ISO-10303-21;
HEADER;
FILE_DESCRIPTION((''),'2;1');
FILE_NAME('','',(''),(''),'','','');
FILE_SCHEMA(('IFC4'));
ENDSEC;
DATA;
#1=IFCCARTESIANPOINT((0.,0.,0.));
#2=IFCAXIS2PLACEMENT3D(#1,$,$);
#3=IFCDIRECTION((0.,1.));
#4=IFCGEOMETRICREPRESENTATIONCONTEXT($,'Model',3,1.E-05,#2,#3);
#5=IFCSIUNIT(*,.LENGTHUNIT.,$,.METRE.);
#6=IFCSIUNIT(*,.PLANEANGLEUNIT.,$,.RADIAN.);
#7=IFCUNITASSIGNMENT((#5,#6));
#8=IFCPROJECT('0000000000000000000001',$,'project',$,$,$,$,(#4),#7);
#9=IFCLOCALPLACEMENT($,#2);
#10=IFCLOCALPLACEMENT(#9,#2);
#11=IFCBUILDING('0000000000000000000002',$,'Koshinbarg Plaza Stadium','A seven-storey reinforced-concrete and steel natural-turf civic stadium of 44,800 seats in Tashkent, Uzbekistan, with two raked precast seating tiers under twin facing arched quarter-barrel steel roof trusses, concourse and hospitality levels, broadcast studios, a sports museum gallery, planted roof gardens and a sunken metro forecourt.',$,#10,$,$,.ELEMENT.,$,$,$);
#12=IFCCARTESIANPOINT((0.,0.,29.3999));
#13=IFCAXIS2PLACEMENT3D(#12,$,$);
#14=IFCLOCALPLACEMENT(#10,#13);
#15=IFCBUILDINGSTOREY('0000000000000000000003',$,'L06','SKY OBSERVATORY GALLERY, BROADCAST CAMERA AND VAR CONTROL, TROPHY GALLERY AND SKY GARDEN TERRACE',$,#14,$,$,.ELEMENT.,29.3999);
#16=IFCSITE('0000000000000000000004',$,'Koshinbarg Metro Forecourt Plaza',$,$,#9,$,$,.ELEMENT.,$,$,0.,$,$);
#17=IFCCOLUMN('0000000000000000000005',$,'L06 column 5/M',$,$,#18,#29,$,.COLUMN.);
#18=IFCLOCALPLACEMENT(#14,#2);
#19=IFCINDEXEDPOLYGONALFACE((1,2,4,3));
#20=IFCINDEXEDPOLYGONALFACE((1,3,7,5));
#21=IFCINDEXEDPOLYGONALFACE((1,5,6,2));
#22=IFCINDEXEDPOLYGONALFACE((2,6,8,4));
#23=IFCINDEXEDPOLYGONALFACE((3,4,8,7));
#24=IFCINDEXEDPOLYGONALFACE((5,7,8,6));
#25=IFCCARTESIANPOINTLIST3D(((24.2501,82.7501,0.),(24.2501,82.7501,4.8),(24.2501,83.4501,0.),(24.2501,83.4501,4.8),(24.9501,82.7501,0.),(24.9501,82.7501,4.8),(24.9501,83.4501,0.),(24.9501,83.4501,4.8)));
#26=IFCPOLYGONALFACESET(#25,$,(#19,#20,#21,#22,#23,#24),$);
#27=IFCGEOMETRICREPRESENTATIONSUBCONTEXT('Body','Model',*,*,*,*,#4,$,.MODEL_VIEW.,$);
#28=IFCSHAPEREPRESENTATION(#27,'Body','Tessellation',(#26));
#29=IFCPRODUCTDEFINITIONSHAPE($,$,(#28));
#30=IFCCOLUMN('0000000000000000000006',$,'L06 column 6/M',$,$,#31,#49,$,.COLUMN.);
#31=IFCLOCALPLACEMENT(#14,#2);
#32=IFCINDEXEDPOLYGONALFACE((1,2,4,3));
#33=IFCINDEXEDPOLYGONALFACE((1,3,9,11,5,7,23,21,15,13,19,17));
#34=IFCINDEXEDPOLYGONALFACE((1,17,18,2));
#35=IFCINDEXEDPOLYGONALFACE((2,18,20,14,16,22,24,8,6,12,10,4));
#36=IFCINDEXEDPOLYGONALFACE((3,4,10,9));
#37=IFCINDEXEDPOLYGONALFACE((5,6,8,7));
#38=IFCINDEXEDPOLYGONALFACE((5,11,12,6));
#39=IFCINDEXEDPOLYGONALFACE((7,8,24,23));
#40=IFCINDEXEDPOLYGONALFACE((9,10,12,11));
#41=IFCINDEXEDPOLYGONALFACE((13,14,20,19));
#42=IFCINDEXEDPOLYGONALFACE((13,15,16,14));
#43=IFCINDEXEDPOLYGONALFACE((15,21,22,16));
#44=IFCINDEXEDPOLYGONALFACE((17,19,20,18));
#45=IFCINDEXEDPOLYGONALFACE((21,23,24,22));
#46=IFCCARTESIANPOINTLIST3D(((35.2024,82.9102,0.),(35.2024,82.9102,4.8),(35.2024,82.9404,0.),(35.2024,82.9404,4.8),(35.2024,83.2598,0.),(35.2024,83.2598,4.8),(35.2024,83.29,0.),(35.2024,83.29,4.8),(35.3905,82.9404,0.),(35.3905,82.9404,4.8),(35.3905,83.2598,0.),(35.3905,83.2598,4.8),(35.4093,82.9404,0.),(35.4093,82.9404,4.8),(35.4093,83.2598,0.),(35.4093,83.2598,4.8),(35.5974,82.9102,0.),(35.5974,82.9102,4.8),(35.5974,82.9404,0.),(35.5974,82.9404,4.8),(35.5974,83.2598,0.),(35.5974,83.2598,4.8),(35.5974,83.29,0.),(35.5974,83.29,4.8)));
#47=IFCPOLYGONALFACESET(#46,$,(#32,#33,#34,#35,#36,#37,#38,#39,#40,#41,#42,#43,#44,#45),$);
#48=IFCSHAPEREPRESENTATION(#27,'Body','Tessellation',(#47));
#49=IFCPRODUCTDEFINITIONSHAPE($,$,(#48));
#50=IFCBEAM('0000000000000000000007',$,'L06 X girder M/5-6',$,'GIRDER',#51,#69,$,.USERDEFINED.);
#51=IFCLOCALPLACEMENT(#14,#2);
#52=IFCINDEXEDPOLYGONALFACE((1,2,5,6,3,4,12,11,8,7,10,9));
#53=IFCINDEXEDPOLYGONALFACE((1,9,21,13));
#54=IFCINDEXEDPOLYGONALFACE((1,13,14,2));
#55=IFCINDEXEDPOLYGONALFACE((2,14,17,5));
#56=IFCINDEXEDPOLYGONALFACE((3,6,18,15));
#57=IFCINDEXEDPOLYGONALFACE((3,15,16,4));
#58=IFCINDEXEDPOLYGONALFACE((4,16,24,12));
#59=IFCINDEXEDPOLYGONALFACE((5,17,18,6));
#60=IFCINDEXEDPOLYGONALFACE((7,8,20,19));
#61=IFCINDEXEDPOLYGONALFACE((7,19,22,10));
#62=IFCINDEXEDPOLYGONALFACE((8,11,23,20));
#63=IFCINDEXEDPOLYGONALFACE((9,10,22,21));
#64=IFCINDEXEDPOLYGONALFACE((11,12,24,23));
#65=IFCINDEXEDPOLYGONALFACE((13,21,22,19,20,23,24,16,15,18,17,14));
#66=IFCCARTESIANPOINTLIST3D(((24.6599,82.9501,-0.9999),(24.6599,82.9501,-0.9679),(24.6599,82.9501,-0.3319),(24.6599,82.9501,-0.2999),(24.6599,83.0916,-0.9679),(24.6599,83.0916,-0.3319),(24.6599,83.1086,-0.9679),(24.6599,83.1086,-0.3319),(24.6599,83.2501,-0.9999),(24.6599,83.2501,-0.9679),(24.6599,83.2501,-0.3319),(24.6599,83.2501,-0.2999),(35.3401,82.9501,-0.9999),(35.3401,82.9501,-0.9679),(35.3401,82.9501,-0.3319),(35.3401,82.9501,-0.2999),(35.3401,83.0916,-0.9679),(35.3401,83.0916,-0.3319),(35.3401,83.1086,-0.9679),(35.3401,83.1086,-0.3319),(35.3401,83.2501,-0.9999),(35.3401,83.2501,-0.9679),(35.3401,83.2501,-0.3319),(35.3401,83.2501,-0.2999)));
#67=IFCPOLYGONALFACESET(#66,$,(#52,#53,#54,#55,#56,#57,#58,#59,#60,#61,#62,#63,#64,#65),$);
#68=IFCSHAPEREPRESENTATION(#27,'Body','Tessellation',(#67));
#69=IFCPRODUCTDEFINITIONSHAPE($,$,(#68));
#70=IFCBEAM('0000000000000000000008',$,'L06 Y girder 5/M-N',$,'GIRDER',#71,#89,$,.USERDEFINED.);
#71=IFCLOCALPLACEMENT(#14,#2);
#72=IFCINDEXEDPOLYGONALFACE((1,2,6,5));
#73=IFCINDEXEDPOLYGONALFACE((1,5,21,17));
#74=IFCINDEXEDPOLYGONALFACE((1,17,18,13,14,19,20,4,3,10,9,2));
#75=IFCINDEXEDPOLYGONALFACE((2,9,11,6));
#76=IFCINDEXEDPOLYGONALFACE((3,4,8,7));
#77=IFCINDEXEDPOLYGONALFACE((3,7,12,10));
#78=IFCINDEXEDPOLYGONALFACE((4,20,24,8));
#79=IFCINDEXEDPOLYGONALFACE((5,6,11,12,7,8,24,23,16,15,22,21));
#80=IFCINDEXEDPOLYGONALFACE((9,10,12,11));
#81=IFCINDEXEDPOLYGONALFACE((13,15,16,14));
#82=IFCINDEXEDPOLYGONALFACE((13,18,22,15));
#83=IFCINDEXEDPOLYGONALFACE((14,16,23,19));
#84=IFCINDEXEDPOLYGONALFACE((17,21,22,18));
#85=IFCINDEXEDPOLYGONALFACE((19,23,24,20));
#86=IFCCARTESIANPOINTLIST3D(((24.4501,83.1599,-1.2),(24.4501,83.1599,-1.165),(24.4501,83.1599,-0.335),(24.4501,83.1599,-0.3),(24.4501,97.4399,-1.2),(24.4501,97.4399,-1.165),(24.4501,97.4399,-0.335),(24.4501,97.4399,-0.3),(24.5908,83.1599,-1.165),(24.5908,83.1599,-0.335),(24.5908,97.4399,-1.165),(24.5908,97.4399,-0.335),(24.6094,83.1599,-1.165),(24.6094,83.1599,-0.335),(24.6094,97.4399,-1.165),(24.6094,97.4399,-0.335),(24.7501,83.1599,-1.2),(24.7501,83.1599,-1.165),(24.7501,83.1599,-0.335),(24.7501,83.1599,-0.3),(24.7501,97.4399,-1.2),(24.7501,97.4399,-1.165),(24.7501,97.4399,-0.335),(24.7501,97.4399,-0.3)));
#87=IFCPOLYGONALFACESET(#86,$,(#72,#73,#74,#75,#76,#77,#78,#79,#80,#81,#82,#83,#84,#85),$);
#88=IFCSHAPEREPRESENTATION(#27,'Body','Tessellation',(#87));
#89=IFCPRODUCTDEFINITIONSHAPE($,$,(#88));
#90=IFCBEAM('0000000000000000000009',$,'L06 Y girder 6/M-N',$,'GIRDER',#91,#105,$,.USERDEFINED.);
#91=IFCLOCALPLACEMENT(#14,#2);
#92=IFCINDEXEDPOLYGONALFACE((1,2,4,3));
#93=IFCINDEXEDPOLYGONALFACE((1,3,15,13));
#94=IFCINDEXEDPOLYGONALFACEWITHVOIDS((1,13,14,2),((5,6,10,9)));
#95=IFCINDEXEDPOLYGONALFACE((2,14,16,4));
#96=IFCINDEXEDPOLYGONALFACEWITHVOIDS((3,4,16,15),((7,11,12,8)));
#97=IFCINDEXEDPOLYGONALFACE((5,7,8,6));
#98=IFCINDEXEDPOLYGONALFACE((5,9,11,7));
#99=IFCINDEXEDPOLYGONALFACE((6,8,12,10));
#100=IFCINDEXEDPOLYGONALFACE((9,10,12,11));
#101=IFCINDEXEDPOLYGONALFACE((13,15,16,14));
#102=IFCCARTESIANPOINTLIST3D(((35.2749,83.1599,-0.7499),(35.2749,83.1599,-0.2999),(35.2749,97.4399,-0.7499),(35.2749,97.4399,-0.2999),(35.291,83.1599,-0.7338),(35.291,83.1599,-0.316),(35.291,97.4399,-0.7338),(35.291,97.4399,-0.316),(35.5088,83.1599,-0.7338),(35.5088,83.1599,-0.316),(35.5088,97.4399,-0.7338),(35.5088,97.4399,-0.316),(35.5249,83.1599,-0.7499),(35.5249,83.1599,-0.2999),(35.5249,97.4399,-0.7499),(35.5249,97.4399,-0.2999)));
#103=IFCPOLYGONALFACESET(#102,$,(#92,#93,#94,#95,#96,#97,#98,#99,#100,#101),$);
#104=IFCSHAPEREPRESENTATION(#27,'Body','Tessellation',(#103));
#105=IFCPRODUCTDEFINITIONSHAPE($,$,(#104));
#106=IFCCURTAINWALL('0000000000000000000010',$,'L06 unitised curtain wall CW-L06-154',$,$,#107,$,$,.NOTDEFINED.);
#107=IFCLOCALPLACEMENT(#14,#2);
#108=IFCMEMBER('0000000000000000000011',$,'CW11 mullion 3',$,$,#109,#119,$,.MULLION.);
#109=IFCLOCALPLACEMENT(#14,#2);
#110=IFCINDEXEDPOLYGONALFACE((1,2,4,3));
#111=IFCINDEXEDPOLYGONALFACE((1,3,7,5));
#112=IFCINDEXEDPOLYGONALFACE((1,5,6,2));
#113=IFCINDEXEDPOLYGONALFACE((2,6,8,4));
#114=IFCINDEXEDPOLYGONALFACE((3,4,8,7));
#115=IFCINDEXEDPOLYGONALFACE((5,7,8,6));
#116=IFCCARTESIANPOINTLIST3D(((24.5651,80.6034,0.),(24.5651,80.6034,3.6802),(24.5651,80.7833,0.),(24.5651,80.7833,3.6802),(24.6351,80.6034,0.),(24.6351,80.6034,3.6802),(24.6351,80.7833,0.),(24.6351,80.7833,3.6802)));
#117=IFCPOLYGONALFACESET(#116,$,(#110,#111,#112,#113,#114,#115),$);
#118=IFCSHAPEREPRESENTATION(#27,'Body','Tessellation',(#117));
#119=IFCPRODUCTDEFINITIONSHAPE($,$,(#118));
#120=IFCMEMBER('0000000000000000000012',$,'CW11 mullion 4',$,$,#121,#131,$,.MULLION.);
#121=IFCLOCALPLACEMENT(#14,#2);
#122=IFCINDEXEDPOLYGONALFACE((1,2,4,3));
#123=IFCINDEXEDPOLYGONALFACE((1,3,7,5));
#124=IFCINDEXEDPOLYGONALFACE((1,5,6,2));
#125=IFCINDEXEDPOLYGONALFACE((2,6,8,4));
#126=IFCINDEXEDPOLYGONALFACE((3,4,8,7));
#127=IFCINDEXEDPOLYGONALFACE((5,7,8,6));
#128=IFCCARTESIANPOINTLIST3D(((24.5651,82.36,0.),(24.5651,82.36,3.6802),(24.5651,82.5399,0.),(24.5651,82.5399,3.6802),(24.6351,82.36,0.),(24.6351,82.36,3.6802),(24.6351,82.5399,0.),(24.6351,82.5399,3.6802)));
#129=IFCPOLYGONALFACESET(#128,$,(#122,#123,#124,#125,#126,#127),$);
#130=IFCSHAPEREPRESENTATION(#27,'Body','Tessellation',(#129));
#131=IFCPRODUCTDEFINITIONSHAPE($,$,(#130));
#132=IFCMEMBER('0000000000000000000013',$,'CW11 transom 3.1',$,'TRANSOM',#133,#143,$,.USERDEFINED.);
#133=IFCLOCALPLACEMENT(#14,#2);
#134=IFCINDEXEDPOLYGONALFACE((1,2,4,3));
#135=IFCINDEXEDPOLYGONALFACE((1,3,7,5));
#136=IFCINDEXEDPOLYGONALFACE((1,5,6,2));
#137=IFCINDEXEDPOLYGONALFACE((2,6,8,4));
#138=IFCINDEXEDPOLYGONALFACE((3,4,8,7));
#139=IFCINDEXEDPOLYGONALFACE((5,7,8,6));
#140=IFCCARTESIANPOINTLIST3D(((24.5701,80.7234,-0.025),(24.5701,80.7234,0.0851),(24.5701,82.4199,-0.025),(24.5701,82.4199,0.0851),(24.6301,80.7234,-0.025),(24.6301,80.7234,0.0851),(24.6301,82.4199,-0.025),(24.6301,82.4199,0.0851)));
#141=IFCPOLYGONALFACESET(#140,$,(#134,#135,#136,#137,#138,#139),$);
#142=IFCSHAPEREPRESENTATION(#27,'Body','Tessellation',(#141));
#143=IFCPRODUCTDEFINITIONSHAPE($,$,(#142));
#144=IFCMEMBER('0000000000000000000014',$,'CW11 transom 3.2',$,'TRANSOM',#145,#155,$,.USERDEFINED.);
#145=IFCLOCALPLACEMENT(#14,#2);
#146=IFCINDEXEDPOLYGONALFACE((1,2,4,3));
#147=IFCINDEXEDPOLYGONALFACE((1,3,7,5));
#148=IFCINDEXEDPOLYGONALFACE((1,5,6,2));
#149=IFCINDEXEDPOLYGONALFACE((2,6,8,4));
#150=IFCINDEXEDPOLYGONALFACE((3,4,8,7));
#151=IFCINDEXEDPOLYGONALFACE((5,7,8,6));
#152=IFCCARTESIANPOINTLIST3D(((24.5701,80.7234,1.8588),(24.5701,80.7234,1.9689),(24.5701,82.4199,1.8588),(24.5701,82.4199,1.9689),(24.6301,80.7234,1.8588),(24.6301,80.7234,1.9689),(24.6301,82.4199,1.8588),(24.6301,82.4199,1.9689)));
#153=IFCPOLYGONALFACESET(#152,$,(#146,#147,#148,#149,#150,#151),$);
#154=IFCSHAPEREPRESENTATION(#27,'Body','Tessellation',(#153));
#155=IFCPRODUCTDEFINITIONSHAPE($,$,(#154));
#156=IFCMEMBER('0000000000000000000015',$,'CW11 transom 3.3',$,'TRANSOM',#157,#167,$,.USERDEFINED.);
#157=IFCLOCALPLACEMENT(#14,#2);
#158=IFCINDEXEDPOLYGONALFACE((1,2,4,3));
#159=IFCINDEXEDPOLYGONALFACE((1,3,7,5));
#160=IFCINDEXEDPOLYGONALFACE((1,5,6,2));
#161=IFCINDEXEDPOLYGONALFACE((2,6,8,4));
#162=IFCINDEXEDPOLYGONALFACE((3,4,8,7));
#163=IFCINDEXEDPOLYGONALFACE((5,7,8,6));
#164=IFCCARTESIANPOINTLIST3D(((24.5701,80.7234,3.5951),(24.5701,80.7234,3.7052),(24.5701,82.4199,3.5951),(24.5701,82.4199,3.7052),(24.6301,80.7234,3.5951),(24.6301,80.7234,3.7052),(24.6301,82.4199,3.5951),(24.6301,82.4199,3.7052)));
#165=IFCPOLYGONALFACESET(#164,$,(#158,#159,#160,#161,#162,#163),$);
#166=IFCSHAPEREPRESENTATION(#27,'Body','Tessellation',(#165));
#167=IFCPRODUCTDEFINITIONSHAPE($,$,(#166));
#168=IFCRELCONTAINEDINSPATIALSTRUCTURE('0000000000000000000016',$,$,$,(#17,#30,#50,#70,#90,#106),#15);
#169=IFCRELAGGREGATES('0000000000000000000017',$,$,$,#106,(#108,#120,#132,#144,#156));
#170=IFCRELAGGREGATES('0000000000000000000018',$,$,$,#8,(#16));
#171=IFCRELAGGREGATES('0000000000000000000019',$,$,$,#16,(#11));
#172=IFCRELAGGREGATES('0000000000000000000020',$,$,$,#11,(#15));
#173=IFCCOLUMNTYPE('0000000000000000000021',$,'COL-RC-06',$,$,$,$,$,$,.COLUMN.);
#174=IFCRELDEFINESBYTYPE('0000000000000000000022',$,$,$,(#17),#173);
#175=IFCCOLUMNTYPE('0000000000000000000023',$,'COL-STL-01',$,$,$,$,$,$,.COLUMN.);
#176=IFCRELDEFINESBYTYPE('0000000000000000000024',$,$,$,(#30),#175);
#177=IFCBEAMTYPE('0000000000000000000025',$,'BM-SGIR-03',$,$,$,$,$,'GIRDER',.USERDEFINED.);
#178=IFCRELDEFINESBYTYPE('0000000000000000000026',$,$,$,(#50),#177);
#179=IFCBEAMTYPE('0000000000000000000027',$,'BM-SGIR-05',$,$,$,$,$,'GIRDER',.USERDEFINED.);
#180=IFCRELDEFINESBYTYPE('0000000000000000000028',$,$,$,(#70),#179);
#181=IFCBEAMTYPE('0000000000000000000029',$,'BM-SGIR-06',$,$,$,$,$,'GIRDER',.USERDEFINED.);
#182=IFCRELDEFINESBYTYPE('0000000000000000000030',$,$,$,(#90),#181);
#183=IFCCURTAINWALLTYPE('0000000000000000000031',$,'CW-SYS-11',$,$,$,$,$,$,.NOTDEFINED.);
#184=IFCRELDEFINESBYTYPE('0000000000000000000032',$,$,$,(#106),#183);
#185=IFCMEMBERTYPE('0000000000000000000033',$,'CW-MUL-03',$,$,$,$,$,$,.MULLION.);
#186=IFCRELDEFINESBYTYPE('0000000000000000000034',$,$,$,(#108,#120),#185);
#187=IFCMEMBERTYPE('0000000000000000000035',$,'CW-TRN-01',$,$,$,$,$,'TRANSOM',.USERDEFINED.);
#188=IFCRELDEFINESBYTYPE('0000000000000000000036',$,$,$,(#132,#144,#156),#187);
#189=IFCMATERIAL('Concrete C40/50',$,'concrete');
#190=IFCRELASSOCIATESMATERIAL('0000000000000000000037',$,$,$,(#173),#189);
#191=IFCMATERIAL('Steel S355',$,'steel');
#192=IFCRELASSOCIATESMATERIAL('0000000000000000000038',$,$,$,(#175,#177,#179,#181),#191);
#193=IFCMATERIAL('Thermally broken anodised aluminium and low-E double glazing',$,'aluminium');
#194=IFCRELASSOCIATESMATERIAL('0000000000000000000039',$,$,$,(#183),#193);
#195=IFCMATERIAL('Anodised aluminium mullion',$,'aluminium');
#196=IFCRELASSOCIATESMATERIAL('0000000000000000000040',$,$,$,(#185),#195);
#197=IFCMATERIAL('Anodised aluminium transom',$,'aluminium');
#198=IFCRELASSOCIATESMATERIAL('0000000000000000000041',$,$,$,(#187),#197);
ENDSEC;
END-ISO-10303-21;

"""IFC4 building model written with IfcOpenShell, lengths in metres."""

from ifc_helpers import new_model, si_unit, direction, frame, origin, origin_2d, place, context, subcontext, project, spatial, rectangle, hollow_rectangle, i_section, extrude, material, material_profile, profile_set, type_object, element, aggregate, save


model = new_model("IFC4")

# Units and contexts
model_context = context("Model", 3, precision=1e-05, world=origin(), true_north=direction((0.0, 1.0)))
body_context = subcontext(model_context, "Body", "Model", "MODEL_VIEW")
ifc_project = project(units=[si_unit("LENGTHUNIT", "METRE"), si_unit("PLANEANGLEUNIT", "RADIAN")], contexts=[model_context])

# Site, building, storey
site_placement = place(None, origin())
site = spatial("IfcSite", under=ifc_project, at=site_placement, Name="Koshinbarg Metro Forecourt Plaza", CompositionType="ELEMENT", RefElevation=0.0)
building_placement = place(site_placement, origin())
building = spatial("IfcBuilding", under=site, at=building_placement, Name="Koshinbarg Plaza Stadium", Description="A seven-storey reinforced-concrete and steel natural-turf civic stadium of 44,800 seats in Tashkent, Uzbekistan, with two raked precast seating tiers under twin facing arched quarter-barrel steel roof trusses, concourse and hospitality levels, broadcast studios, a sports museum gallery, planted roof gardens and a sunken metro forecourt.", CompositionType="ELEMENT")
storey_placement = place(building_placement, frame((0.0, 0.0, 29.3999)))
storey = spatial("IfcBuildingStorey", under=building, at=storey_placement, Name="L06", Description="SKY OBSERVATORY GALLERY, BROADCAST CAMERA AND VAR CONTROL, TROPHY GALLERY AND SKY GARDEN TERRACE", CompositionType="ELEMENT", Elevation=29.3999)

# Columns
ifc_material_1 = material(Name="Concrete C40/50", Category="concrete")
ifc_material_profile_1 = material_profile(ifc_material_1, rectangle(XDim=0.7, YDim=0.7, at=origin_2d()), Name="RC 700x700")
ifc_profile_set_1 = profile_set([ifc_material_profile_1], Name="Concrete C40/50")
column_type_1 = type_object("IfcColumnType", Name="COL-RC-06", PredefinedType="COLUMN", material=ifc_profile_set_1)
column_1_placement = place(storey_placement, frame((24.6001, 83.1001, 0.0), z_axis=(0.0, 0.0, 1.0), x_axis=(1.0, 0.0, 0.0)))
element("IfcColumn", 1, at=column_1_placement, inside=storey, type_object=column_type_1, Name="L06 column 5/M", PredefinedType="COLUMN", context=body_context, shape_type="SweptSolid", body=[
    extrude(rectangle(XDim=0.7, YDim=0.7, at=origin_2d()), origin(), (0.0, 0.0, 1.0), 4.8),
])
ifc_material_2 = material(Name="Steel S355", Category="steel")
ifc_material_profile_2 = material_profile(ifc_material_2, i_section(OverallWidth=0.395, OverallDepth=0.3799, WebThickness=0.0188, FlangeThickness=0.0303, at=origin_2d()), Name="HD 400x237")
ifc_profile_set_2 = profile_set([ifc_material_profile_2], Name="Steel S355")
column_type_2 = type_object("IfcColumnType", Name="COL-STL-01", PredefinedType="COLUMN", material=ifc_profile_set_2)
column_2_placement = place(storey_placement, frame((35.3999, 83.1001, 0.0), z_axis=(0.0, 0.0, 1.0), x_axis=(1.0, 0.0, 0.0)))
element("IfcColumn", 2, at=column_2_placement, inside=storey, type_object=column_type_2, Name="L06 column 6/M", PredefinedType="COLUMN", context=body_context, shape_type="SweptSolid", body=[
    extrude(i_section(OverallWidth=0.395, OverallDepth=0.3799, WebThickness=0.0188, FlangeThickness=0.0303, at=origin_2d()), origin(), (0.0, 0.0, 1.0), 4.8),
])

# Beams
ifc_material_profile_3 = material_profile(ifc_material_2, i_section(OverallWidth=0.3, OverallDepth=0.7, WebThickness=0.0171, FlangeThickness=0.032, at=origin_2d()), Name="HEB 700")
ifc_profile_set_3 = profile_set([ifc_material_profile_3], Name="Steel S355")
beam_type_1 = type_object("IfcBeamType", Name="BM-SGIR-03", ElementType="GIRDER", PredefinedType="USERDEFINED", material=ifc_profile_set_3)
beam_1_placement = place(storey_placement, frame((24.6599, 83.1001, -0.6499), z_axis=(1.0, 0.0, 0.0), x_axis=(0.0, 1.0, 0.0)))
element("IfcBeam", 3, at=beam_1_placement, inside=storey, type_object=beam_type_1, Name="L06 X girder M/5-6", ObjectType="GIRDER", PredefinedType="USERDEFINED", context=body_context, shape_type="SweptSolid", body=[
    extrude(i_section(OverallWidth=0.3, OverallDepth=0.7, WebThickness=0.0171, FlangeThickness=0.032, at=origin_2d()), origin(), (0.0, 0.0, 1.0), 10.6802),
])
ifc_material_profile_4 = material_profile(ifc_material_2, i_section(OverallWidth=0.3, OverallDepth=0.8999, WebThickness=0.0186, FlangeThickness=0.0349, at=origin_2d()), Name="HEB 900")
ifc_profile_set_4 = profile_set([ifc_material_profile_4], Name="Steel S355")
beam_type_2 = type_object("IfcBeamType", Name="BM-SGIR-05", ElementType="GIRDER", PredefinedType="USERDEFINED", material=ifc_profile_set_4)
beam_2_placement = place(storey_placement, frame((24.6001, 83.1599, -0.75), z_axis=(0.0, 1.0, 0.0), x_axis=(-1.0, 0.0, 0.0)))
element("IfcBeam", 4, at=beam_2_placement, inside=storey, type_object=beam_type_2, Name="L06 Y girder 5/M-N", ObjectType="GIRDER", PredefinedType="USERDEFINED", context=body_context, shape_type="SweptSolid", body=[
    extrude(i_section(OverallWidth=0.3, OverallDepth=0.8999, WebThickness=0.0186, FlangeThickness=0.0349, at=origin_2d()), origin(), (0.0, 0.0, 1.0), 14.28),
])
ifc_material_profile_5 = material_profile(ifc_material_2, hollow_rectangle(XDim=0.25, YDim=0.45, WallThickness=0.0161, at=origin_2d()), Name="RHS 450x250x16")
ifc_profile_set_5 = profile_set([ifc_material_profile_5], Name="Steel S355")
beam_type_3 = type_object("IfcBeamType", Name="BM-SGIR-06", ElementType="GIRDER", PredefinedType="USERDEFINED", material=ifc_profile_set_5)
beam_3_placement = place(storey_placement, frame((35.3999, 83.1599, -0.5249), z_axis=(0.0, 1.0, 0.0), x_axis=(-1.0, 0.0, 0.0)))
element("IfcBeam", 5, at=beam_3_placement, inside=storey, type_object=beam_type_3, Name="L06 Y girder 6/M-N", ObjectType="GIRDER", PredefinedType="USERDEFINED", context=body_context, shape_type="SweptSolid", body=[
    extrude(hollow_rectangle(XDim=0.25, YDim=0.45, WallThickness=0.0161, at=origin_2d()), origin(), (0.0, 0.0, 1.0), 14.28),
])

# Curtain wall, members
ifc_material_3 = material(Name="Thermally broken anodised aluminium and low-E double glazing", Category="aluminium")
curtain_wall_type = type_object("IfcCurtainWallType", Name="CW-SYS-11", PredefinedType="NOTDEFINED", material=ifc_material_3)
curtain_wall_placement = place(storey_placement, origin())
curtain_wall = element("IfcCurtainWall", 6, at=curtain_wall_placement, inside=storey, type_object=curtain_wall_type, Name="L06 unitised curtain wall CW-L06-154", PredefinedType="NOTDEFINED")
ifc_material_4 = material(Name="Anodised aluminium mullion", Category="aluminium")
ifc_material_profile_6 = material_profile(ifc_material_4, rectangle(XDim=0.0701, YDim=0.1799, at=origin_2d()), Name="ALU 70x180")
ifc_profile_set_6 = profile_set([ifc_material_profile_6], Name="Anodised aluminium mullion")
member_type_1 = type_object("IfcMemberType", Name="CW-MUL-03", PredefinedType="MULLION", material=ifc_profile_set_6)
member_1_placement = place(storey_placement, frame((24.6001, 80.6934, 0.0), z_axis=(0.0, 0.0, 1.0), x_axis=(-1.0, 0.0, 0.0)))
member_1 = element("IfcMember", 7, at=member_1_placement, type_object=member_type_1, Name="CW11 mullion 3", PredefinedType="MULLION", context=body_context, shape_type="SweptSolid", body=[
    extrude(rectangle(XDim=0.0701, YDim=0.1799, at=origin_2d()), origin(), (0.0, 0.0, 1.0), 3.6802),
])
member_2_placement = place(storey_placement, frame((24.6001, 82.45, 0.0), z_axis=(0.0, 0.0, 1.0), x_axis=(-1.0, 0.0, 0.0)))
member_2 = element("IfcMember", 8, at=member_2_placement, type_object=member_type_1, Name="CW11 mullion 4", PredefinedType="MULLION", context=body_context, shape_type="SweptSolid", body=[
    extrude(rectangle(XDim=0.0701, YDim=0.1799, at=origin_2d()), origin(), (0.0, 0.0, 1.0), 3.6802),
])
ifc_material_5 = material(Name="Anodised aluminium transom", Category="aluminium")
ifc_material_profile_7 = material_profile(ifc_material_5, rectangle(XDim=0.0601, YDim=0.1101, at=origin_2d()), Name="ALU 60x110")
ifc_profile_set_7 = profile_set([ifc_material_profile_7], Name="Anodised aluminium transom")
member_type_2 = type_object("IfcMemberType", Name="CW-TRN-01", ElementType="TRANSOM", PredefinedType="USERDEFINED", material=ifc_profile_set_7)
member_3_placement = place(storey_placement, frame((24.6001, 80.7234, 0.03), z_axis=(0.0, 1.0, 0.0), x_axis=(-1.0, 0.0, 0.0)))
member_3 = element("IfcMember", 9, at=member_3_placement, type_object=member_type_2, Name="CW11 transom 3.1", ObjectType="TRANSOM", PredefinedType="USERDEFINED", context=body_context, shape_type="SweptSolid", body=[
    extrude(rectangle(XDim=0.0601, YDim=0.1101, at=origin_2d()), origin(), (0.0, 0.0, 1.0), 1.6965),
])
member_4_placement = place(storey_placement, frame((24.6001, 80.7234, 1.9138), z_axis=(0.0, 1.0, 0.0), x_axis=(-1.0, 0.0, 0.0)))
member_4 = element("IfcMember", 10, at=member_4_placement, type_object=member_type_2, Name="CW11 transom 3.2", ObjectType="TRANSOM", PredefinedType="USERDEFINED", context=body_context, shape_type="SweptSolid", body=[
    extrude(rectangle(XDim=0.0601, YDim=0.1101, at=origin_2d()), origin(), (0.0, 0.0, 1.0), 1.6965),
])
member_5_placement = place(storey_placement, frame((24.6001, 80.7234, 3.6501), z_axis=(0.0, 1.0, 0.0), x_axis=(-1.0, 0.0, 0.0)))
member_5 = element("IfcMember", 11, at=member_5_placement, type_object=member_type_2, Name="CW11 transom 3.3", ObjectType="TRANSOM", PredefinedType="USERDEFINED", context=body_context, shape_type="SweptSolid", body=[
    extrude(rectangle(XDim=0.0601, YDim=0.1101, at=origin_2d()), origin(), (0.0, 0.0, 1.0), 1.6965),
])
aggregate(curtain_wall, [member_1, member_2, member_3, member_4, member_5])

save(model, "model.ifc")
